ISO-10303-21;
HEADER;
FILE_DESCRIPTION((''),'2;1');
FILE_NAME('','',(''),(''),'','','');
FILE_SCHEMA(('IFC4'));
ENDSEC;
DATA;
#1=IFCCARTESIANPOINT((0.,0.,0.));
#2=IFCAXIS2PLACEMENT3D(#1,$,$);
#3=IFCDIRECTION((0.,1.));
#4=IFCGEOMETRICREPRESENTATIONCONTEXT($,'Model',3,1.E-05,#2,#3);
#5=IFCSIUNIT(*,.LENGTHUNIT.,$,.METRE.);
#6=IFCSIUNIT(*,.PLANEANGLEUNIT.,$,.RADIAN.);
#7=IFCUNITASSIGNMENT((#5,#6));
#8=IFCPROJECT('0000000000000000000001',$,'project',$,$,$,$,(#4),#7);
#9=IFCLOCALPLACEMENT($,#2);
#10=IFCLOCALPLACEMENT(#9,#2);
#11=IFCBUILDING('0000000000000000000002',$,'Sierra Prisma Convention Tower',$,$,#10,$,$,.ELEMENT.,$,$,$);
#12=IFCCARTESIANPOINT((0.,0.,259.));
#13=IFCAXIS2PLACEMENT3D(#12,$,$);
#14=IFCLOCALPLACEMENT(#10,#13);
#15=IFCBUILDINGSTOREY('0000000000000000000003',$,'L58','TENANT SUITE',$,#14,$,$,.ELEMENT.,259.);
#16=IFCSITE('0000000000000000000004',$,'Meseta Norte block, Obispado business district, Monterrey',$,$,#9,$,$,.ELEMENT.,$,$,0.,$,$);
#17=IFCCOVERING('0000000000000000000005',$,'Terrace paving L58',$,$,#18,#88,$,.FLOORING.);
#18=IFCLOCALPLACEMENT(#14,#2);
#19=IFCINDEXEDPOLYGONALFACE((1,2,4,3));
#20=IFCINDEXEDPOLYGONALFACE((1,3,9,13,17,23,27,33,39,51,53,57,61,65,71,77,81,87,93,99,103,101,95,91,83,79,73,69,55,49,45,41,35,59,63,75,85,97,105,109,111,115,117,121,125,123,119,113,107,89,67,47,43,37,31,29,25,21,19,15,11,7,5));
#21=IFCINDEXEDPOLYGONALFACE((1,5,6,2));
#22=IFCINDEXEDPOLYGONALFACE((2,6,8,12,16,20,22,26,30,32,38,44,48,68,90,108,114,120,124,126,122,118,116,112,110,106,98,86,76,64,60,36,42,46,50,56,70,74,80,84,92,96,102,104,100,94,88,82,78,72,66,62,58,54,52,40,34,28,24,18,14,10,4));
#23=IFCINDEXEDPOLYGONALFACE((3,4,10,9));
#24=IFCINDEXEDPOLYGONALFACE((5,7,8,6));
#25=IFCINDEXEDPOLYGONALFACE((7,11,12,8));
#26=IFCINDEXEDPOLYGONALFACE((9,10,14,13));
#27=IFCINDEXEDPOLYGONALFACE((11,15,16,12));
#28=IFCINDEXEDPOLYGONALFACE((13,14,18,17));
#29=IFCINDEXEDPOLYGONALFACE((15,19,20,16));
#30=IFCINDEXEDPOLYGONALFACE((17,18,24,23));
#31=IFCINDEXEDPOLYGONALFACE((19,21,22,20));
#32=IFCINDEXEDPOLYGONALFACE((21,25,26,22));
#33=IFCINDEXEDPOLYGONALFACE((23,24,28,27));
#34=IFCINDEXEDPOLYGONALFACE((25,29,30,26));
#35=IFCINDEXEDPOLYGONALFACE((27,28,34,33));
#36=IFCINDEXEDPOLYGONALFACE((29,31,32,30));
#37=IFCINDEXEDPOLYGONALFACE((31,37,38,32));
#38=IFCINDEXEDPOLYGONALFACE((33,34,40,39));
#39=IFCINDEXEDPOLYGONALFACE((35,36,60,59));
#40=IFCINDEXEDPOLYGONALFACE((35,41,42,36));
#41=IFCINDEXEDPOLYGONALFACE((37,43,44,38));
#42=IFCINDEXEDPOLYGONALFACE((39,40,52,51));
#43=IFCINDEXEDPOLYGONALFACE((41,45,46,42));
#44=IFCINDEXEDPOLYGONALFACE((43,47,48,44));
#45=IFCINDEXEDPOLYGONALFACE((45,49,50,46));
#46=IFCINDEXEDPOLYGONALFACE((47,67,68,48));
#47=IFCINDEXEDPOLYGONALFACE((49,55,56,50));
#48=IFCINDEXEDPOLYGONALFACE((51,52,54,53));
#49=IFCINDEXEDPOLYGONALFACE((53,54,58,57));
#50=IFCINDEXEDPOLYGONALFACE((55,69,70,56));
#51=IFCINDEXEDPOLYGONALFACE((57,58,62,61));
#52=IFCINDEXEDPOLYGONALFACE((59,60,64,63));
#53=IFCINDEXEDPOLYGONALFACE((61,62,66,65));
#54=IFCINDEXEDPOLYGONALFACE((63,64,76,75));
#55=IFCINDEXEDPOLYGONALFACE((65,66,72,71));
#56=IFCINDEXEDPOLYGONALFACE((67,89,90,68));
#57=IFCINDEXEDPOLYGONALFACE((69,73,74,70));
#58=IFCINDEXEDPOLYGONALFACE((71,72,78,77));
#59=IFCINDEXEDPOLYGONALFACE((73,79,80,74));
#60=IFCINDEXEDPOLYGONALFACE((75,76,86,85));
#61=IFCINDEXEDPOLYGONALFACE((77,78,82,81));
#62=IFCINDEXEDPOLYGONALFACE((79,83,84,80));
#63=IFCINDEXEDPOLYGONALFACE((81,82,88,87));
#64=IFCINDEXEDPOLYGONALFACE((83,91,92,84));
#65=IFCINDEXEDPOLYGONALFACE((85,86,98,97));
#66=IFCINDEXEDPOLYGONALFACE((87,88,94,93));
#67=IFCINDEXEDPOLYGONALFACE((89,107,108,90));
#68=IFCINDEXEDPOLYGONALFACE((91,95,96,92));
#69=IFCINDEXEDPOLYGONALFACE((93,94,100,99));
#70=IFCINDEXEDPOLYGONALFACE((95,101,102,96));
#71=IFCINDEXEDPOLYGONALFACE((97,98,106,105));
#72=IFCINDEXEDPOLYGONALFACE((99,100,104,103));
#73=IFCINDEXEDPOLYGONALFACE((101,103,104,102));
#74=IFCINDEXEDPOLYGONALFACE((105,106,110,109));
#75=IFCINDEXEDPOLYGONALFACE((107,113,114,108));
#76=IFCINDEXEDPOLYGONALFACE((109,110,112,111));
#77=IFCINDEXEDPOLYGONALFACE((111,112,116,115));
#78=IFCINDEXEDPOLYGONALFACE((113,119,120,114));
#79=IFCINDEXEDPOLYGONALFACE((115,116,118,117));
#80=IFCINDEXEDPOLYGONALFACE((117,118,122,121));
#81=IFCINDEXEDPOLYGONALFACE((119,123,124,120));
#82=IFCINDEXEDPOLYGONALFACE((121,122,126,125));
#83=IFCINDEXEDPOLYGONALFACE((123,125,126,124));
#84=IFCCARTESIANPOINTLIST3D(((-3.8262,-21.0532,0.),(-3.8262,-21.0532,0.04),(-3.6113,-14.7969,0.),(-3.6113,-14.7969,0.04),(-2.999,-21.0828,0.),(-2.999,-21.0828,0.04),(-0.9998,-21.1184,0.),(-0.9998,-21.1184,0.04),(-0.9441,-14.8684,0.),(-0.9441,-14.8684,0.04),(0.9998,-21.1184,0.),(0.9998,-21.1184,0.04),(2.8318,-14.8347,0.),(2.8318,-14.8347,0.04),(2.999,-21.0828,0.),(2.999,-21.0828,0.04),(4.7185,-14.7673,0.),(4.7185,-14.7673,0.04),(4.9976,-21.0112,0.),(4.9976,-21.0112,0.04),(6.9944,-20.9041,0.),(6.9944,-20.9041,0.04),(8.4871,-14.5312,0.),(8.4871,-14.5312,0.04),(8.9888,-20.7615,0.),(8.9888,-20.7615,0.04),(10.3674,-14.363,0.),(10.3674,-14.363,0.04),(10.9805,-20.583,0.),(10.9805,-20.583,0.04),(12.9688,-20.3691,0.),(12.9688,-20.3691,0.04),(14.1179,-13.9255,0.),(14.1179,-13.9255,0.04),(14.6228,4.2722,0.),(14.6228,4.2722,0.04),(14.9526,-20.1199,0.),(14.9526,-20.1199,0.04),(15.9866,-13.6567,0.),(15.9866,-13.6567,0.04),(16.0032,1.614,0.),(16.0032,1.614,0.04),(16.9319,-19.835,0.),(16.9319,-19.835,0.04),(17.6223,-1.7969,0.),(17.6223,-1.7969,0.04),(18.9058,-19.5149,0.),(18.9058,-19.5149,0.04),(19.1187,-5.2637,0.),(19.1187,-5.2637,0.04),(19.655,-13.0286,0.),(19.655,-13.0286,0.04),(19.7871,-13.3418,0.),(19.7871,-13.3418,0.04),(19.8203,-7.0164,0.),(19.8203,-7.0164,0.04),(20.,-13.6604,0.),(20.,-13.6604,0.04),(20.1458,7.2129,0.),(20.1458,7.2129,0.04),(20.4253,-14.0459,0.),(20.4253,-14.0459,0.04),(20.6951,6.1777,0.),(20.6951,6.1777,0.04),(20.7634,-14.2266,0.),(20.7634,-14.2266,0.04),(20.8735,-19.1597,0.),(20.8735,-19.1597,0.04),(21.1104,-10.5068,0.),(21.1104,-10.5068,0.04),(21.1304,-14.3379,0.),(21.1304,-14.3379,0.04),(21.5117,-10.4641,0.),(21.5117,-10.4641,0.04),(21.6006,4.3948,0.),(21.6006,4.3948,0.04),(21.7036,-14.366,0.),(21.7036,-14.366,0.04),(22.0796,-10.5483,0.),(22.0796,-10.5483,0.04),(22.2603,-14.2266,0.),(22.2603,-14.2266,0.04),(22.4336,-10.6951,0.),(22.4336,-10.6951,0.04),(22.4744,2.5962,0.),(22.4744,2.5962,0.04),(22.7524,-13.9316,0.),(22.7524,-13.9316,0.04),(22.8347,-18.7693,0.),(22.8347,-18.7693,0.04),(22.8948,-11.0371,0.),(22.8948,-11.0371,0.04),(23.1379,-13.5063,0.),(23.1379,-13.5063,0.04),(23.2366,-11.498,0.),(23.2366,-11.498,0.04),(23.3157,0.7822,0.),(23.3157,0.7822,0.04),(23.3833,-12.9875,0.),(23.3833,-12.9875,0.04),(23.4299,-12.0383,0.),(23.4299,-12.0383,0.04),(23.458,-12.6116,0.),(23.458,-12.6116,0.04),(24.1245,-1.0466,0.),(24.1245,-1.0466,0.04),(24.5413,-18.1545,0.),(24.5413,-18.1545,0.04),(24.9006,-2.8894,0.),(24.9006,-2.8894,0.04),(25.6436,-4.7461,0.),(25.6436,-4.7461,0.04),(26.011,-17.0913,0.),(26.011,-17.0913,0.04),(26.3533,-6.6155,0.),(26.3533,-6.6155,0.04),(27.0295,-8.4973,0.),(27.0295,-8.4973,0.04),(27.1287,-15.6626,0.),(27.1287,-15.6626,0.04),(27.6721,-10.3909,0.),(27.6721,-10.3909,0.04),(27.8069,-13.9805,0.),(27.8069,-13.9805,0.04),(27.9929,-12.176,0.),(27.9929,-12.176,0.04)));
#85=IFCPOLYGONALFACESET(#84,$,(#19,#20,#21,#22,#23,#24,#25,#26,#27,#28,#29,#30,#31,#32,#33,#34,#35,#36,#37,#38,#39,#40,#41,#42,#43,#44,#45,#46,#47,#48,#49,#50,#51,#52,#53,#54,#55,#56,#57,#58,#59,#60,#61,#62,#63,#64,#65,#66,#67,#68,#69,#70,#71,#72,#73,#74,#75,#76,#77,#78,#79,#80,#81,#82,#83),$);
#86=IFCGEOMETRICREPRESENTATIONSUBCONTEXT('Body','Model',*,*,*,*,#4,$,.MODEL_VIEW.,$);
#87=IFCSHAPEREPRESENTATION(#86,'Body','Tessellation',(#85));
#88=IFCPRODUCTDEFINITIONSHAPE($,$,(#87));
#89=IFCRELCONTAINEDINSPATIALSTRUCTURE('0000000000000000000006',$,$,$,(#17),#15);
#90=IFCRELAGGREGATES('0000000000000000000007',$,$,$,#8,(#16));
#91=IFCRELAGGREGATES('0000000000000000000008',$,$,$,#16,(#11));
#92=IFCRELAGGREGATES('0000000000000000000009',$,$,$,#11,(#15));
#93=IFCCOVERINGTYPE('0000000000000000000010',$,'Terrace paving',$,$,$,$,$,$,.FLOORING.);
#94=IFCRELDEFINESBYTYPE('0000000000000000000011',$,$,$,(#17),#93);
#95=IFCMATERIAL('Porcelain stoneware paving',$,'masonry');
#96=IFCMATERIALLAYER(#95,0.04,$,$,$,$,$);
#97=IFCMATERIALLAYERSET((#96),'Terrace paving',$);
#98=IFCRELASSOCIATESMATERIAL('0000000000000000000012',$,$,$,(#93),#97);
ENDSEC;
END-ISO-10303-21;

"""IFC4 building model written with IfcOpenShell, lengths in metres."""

from ifc_helpers import new_model, si_unit, direction, frame, origin, place, context, subcontext, project, spatial, polyline, outline, extrude, material, layer, layer_set, type_object, element, save


model = new_model("IFC4")

# Units and contexts
model_context = context("Model", 3, precision=1e-05, world=origin(), true_north=direction((0.0, 1.0)))
body_context = subcontext(model_context, "Body", "Model", "MODEL_VIEW")
ifc_project = project(units=[si_unit("LENGTHUNIT", "METRE"), si_unit("PLANEANGLEUNIT", "RADIAN")], contexts=[model_context])

# Site, building, storey
site_placement = place(None, origin())
site = spatial("IfcSite", under=ifc_project, at=site_placement, Name="Meseta Norte block, Obispado business district, Monterrey", CompositionType="ELEMENT", RefElevation=0.0)
building_placement = place(site_placement, origin())
building = spatial("IfcBuilding", under=site, at=building_placement, Name="Sierra Prisma Convention Tower", CompositionType="ELEMENT")
storey_placement = place(building_placement, frame((0.0, 0.0, 259.0)))
storey = spatial("IfcBuildingStorey", under=building, at=storey_placement, Name="L58", Description="TENANT SUITE", CompositionType="ELEMENT", Elevation=259.0)

# Covering
ifc_material_1 = material(Name="Porcelain stoneware paving", Category="masonry")
ifc_layer_1 = layer(ifc_material_1, 0.04)
ifc_layer_set_1 = layer_set([ifc_layer_1], Name="Terrace paving")
covering_type_1 = type_object("IfcCoveringType", Name="Terrace paving", PredefinedType="FLOORING", material=ifc_layer_set_1)
covering_1_placement = place(storey_placement, origin())
element("IfcCovering", 1, at=covering_1_placement, inside=storey, type_object=covering_type_1, Name="Terrace paving L58", PredefinedType="FLOORING", context=body_context, shape_type="SweptSolid", body=[
    extrude(outline(polyline([(-3.8262, -21.0532), (-2.999, -21.0828), (-0.9998, -21.1184), (0.9998, -21.1184), (2.999, -21.0828), (4.9976, -21.0112), (6.9944, -20.9041), (8.9888, -20.7615), (10.9805, -20.583), (12.9688, -20.3691), (14.9526, -20.1199), (16.9319, -19.835), (18.9058, -19.5149), (20.8735, -19.1597), (22.8347, -18.7693), (24.5413, -18.1545), (26.011, -17.0913), (27.1287, -15.6626), (27.8069, -13.9805), (27.9929, -12.176), (27.6721, -10.3909), (27.0295, -8.4973), (26.3533, -6.6155), (25.6436, -4.7461), (24.9006, -2.8894), (24.1245, -1.0466), (23.3157, 0.7822), (22.4744, 2.5962), (21.6006, 4.3948), (20.6951, 6.1777), (20.1458, 7.2129), (14.6228, 4.2722), (16.0032, 1.614), (17.6223, -1.7969), (19.1187, -5.2637), (19.8203, -7.0164), (21.1104, -10.5068), (21.5117, -10.4641), (22.0796, -10.5483), (22.4336, -10.6951), (22.8948, -11.0371), (23.2366, -11.498), (23.4299, -12.0383), (23.458, -12.6116), (23.3833, -12.9875), (23.1379, -13.5063), (22.7524, -13.9316), (22.2603, -14.2266), (21.7036, -14.366), (21.1304, -14.3379), (20.7634, -14.2266), (20.4253, -14.0459), (20.0, -13.6604), (19.7871, -13.3418), (19.655, -13.0286), (15.9866, -13.6567), (14.1179, -13.9255), (10.3674, -14.363), (8.4871, -14.5312), (4.7185, -14.7673), (2.8318, -14.8347), (-0.9441, -14.8684), (-3.6113, -14.7969), (-3.8262, -21.0532)])), origin(), (0.0, 0.0, 1.0), 0.04),
])

save(model, "model.ifc")
